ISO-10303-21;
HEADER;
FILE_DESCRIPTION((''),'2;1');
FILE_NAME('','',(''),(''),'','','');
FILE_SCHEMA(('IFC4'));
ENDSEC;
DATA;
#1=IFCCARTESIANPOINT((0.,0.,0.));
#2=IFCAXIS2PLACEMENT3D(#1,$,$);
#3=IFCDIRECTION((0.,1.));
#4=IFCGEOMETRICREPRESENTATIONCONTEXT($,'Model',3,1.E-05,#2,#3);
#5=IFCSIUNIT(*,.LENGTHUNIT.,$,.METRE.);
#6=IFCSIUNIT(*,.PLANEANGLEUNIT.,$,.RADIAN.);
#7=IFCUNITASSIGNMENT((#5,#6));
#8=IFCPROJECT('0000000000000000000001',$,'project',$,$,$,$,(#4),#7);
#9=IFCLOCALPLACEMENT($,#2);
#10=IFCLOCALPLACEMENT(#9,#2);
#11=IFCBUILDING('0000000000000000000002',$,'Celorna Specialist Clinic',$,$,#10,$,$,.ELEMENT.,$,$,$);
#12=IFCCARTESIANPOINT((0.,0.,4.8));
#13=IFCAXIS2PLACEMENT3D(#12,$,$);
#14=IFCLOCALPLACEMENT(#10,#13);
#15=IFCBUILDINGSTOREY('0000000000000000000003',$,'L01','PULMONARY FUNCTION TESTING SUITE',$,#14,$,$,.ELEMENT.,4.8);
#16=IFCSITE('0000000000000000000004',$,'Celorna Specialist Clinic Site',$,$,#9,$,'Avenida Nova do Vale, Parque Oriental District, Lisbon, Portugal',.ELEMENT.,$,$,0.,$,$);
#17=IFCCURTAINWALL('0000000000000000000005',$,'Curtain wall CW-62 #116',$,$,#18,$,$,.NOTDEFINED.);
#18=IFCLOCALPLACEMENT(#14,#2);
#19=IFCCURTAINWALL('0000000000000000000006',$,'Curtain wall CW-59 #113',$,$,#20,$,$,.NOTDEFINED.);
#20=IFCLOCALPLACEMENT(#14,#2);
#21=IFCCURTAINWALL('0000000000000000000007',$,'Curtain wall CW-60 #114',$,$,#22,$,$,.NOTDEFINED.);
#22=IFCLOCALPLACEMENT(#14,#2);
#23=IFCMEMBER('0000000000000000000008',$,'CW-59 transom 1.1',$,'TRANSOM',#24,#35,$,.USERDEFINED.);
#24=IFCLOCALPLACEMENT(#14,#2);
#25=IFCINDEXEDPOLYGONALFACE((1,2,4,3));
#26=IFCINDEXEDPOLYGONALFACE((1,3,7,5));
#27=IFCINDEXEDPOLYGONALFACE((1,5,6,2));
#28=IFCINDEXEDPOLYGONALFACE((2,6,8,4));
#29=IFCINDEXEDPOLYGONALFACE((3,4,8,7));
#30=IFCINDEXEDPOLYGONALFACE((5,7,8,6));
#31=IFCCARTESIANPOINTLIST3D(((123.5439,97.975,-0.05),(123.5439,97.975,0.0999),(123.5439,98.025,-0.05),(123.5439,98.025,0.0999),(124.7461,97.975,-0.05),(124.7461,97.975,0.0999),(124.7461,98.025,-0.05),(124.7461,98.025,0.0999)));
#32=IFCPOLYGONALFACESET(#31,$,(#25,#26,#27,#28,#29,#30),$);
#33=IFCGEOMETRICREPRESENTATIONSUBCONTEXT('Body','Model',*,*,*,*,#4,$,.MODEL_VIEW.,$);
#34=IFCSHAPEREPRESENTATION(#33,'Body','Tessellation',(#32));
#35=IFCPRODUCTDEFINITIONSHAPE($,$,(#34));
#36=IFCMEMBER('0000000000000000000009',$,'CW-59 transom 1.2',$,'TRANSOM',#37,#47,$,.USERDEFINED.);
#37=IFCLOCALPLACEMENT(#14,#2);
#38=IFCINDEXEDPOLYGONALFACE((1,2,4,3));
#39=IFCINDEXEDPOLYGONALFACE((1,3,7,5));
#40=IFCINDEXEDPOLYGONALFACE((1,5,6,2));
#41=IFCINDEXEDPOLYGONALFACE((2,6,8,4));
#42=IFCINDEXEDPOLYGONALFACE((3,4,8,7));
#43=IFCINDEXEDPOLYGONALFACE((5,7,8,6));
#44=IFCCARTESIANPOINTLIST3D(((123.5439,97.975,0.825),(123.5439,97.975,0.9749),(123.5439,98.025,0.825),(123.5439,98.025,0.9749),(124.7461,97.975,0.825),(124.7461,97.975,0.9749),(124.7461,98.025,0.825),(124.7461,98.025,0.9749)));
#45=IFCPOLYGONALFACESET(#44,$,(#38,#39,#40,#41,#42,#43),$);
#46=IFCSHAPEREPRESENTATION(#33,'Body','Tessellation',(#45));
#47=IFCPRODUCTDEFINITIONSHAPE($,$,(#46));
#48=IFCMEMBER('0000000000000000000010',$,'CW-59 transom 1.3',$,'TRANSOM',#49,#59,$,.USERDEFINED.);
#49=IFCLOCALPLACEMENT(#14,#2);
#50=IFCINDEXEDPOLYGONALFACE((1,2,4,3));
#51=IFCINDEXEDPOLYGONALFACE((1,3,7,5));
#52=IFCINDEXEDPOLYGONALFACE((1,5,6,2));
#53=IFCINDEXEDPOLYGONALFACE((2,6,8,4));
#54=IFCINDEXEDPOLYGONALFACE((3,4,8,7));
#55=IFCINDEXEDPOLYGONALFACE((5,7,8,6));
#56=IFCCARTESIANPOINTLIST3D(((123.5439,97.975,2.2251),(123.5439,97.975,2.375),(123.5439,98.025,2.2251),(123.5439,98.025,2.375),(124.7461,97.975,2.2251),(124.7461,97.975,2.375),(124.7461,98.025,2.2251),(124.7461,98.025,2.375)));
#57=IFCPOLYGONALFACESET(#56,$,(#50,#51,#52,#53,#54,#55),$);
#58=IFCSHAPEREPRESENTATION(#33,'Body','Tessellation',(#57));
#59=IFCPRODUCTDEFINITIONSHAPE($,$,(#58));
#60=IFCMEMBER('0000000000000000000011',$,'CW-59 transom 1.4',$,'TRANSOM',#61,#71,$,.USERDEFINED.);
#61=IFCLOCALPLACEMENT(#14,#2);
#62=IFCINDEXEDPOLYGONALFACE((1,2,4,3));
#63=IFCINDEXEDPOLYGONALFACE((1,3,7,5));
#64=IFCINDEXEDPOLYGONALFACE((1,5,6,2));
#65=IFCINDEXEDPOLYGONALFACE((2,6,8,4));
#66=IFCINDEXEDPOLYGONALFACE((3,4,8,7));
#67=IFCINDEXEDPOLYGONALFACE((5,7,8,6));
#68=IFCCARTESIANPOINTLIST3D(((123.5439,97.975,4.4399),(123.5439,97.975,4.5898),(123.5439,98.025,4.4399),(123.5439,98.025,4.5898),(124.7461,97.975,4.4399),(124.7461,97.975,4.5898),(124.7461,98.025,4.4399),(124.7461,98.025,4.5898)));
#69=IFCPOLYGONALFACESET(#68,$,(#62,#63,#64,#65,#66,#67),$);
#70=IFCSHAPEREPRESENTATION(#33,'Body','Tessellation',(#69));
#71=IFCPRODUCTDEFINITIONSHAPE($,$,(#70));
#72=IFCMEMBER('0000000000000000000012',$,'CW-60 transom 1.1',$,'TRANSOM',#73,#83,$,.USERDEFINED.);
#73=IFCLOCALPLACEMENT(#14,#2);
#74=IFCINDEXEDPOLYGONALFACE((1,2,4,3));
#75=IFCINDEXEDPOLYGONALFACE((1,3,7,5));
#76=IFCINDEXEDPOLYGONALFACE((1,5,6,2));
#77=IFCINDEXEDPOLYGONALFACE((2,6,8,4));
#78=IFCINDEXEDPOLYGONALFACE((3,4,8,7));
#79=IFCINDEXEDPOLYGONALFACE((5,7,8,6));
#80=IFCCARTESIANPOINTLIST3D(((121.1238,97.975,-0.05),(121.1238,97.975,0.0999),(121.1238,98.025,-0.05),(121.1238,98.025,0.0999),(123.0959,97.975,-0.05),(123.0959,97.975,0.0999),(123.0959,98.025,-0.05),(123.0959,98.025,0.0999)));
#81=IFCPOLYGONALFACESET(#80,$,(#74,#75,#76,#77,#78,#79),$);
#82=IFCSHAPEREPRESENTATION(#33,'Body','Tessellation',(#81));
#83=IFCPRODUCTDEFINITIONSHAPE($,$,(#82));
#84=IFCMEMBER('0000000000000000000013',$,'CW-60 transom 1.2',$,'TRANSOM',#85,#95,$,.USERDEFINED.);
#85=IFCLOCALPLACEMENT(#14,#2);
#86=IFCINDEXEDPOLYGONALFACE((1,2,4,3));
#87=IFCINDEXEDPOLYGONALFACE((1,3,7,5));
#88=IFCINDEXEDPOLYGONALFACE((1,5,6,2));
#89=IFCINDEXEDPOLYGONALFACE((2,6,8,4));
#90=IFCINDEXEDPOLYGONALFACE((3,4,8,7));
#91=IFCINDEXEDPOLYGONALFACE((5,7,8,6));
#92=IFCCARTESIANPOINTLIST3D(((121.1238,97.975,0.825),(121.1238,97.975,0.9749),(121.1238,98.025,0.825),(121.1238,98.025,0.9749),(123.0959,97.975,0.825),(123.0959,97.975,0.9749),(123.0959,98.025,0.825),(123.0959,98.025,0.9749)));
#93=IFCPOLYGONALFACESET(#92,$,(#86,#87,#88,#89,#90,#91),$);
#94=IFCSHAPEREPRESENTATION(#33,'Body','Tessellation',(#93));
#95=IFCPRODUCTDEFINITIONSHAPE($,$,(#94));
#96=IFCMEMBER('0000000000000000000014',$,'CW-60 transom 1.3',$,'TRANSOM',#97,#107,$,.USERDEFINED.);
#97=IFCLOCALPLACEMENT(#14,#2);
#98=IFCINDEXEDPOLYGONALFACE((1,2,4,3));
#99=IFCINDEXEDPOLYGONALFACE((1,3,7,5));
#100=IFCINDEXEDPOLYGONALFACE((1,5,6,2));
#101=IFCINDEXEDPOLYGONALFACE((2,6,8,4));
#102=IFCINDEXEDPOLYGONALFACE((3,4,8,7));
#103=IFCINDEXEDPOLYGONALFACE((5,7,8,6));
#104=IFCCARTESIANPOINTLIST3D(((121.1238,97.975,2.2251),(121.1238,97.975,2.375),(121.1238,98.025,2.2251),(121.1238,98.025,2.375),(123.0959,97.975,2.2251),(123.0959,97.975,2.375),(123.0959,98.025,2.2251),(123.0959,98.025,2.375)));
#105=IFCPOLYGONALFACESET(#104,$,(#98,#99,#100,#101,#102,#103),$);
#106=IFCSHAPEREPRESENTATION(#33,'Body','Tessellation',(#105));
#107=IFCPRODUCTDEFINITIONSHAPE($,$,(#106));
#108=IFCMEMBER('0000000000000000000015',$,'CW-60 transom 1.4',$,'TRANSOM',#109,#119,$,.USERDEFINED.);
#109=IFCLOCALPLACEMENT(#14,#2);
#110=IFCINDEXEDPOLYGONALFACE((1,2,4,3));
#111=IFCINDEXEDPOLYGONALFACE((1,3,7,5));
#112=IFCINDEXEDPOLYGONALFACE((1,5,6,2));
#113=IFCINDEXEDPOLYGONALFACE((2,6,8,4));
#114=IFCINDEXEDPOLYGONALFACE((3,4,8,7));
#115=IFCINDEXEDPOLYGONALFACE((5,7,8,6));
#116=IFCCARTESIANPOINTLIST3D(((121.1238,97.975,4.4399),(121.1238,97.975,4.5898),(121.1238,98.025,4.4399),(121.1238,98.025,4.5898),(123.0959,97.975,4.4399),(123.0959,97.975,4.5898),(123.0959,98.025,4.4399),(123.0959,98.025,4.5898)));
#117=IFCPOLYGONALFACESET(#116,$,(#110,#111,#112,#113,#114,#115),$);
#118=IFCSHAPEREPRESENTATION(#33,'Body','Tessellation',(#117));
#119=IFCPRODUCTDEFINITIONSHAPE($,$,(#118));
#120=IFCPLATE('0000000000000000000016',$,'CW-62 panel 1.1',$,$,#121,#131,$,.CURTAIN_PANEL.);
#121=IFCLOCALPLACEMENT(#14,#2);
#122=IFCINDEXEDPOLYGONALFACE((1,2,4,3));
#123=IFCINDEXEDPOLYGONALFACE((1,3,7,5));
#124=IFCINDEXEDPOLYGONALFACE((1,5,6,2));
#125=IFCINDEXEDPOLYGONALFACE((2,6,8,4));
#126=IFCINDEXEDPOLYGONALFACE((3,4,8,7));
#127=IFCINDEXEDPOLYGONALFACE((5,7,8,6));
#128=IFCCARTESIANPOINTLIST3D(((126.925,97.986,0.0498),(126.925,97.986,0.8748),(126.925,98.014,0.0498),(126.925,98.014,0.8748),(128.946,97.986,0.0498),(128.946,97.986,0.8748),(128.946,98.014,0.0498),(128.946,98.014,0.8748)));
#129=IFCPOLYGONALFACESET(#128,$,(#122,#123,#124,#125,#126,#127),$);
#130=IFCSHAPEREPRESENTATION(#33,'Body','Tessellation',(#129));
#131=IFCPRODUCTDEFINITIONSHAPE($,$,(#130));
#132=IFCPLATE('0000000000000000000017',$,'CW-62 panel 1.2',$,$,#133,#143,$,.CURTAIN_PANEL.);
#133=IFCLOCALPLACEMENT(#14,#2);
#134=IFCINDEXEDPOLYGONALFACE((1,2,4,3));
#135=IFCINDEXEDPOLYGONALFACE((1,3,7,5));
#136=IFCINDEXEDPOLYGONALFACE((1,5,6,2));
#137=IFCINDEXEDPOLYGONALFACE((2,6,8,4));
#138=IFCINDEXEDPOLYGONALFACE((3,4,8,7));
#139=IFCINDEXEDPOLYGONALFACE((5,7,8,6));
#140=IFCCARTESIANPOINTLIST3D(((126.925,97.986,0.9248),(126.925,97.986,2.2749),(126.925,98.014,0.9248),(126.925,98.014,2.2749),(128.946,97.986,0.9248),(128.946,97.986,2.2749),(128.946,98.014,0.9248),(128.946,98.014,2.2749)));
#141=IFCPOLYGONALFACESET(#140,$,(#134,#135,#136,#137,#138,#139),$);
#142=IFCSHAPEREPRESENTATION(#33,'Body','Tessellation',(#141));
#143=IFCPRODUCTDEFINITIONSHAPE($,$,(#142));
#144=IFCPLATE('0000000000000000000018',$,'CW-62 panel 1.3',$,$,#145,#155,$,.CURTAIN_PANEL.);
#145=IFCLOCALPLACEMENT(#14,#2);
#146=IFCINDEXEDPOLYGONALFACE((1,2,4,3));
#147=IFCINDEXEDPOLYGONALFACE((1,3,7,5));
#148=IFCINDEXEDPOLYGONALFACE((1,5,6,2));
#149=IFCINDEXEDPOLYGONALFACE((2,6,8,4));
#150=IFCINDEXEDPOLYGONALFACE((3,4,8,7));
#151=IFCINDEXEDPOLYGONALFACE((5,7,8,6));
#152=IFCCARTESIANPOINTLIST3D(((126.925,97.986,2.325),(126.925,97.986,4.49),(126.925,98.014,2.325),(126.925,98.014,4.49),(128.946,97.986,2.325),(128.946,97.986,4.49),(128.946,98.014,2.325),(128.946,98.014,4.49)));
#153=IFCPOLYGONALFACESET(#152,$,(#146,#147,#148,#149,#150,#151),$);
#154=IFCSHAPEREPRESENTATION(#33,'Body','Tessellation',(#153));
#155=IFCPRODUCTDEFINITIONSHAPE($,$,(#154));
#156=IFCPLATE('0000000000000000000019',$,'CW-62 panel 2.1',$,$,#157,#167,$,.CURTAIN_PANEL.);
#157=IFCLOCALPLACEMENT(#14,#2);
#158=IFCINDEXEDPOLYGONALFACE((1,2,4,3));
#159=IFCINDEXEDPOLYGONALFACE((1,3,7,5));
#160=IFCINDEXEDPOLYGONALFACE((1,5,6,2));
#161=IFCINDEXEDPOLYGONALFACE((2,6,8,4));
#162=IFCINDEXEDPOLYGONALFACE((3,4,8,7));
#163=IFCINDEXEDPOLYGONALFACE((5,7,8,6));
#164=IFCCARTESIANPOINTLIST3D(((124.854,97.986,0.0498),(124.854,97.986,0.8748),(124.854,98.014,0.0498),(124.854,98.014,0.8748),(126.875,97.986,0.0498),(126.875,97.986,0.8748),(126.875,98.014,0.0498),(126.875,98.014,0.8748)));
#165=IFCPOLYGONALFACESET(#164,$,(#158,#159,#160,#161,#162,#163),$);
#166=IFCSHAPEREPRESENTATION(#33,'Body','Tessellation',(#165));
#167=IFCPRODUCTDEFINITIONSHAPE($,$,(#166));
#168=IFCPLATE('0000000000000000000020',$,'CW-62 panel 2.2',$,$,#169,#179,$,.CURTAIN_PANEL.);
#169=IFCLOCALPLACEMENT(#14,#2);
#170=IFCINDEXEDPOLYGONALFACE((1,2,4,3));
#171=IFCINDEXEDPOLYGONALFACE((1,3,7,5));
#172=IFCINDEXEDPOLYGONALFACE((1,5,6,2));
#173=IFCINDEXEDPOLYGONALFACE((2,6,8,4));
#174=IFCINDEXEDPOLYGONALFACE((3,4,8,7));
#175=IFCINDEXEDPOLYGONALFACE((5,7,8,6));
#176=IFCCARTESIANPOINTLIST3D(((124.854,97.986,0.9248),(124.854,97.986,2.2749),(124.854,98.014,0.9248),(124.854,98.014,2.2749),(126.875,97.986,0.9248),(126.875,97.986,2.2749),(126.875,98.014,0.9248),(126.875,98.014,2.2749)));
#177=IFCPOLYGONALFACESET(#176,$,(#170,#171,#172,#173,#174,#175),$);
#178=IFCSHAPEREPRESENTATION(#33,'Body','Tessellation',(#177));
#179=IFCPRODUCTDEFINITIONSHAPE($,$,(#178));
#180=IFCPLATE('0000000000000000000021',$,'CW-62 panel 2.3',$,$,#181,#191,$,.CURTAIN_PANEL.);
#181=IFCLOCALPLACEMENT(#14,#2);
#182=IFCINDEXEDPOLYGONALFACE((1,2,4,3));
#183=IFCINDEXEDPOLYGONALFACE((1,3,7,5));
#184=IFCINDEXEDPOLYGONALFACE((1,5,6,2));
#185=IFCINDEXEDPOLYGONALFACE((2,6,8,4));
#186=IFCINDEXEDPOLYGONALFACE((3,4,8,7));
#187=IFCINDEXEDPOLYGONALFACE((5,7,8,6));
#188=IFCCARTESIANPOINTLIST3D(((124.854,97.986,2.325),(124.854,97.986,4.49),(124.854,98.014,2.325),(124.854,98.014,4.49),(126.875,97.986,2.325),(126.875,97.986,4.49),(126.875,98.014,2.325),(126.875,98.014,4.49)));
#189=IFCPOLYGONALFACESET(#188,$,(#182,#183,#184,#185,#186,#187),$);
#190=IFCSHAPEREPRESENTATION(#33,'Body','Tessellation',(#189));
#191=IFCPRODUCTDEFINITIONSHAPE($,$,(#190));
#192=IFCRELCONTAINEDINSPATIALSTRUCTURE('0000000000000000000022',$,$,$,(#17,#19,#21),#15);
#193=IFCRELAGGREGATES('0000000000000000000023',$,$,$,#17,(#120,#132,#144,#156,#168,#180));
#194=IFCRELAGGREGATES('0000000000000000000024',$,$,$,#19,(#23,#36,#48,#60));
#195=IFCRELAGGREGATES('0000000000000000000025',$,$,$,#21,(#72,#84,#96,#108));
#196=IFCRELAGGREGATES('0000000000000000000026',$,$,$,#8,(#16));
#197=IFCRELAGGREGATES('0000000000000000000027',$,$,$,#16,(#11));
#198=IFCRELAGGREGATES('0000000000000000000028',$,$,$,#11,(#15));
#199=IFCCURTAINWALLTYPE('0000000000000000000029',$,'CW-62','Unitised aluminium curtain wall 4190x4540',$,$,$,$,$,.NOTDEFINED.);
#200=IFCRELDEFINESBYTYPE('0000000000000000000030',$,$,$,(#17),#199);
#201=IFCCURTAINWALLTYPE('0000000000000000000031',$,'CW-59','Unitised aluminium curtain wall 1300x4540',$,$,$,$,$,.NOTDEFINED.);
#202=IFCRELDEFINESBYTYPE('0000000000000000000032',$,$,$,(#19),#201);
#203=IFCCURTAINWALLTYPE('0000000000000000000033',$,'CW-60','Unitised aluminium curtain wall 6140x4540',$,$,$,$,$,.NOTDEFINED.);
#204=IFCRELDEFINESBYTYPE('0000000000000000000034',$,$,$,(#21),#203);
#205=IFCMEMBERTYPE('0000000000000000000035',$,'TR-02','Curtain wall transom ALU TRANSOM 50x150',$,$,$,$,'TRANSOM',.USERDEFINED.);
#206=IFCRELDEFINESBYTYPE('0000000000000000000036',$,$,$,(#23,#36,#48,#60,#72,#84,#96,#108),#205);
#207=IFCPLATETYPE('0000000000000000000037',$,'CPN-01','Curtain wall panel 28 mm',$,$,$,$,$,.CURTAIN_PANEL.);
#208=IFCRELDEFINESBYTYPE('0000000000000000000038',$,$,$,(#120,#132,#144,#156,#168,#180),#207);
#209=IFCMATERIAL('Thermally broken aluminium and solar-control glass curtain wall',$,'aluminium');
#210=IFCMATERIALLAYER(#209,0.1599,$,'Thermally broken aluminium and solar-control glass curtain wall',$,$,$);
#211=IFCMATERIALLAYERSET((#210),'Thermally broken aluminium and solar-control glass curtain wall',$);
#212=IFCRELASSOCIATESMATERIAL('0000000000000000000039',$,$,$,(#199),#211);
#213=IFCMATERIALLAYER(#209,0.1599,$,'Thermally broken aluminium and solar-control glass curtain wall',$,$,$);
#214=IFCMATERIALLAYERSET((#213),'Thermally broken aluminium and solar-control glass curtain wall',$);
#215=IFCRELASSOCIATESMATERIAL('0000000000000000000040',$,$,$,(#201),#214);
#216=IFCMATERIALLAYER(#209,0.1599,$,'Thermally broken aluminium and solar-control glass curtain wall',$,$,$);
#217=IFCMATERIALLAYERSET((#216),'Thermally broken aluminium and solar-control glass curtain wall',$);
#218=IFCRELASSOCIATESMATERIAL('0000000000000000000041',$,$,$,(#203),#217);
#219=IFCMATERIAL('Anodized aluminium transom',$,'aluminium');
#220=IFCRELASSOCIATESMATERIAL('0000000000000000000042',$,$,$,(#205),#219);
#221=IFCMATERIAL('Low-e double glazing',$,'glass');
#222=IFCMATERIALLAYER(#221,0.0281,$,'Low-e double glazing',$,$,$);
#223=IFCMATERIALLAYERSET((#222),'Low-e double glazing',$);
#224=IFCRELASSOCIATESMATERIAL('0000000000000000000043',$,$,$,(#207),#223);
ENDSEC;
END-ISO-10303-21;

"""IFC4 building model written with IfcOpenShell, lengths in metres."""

from ifc_helpers import new_model, si_unit, direction, frame, origin, origin_2d, place, context, subcontext, project, spatial, rectangle, extrude, material, layer, layer_set, material_profile, profile_set, type_object, element, aggregate, save


model = new_model("IFC4")

# Units and contexts
model_context = context("Model", 3, precision=1e-05, world=origin(), true_north=direction((0.0, 1.0)))
body_context = subcontext(model_context, "Body", "Model", "MODEL_VIEW")
ifc_project = project(units=[si_unit("LENGTHUNIT", "METRE"), si_unit("PLANEANGLEUNIT", "RADIAN")], contexts=[model_context])

# Site, building, storey
site_placement = place(None, origin())
site = spatial("IfcSite", under=ifc_project, at=site_placement, Name="Celorna Specialist Clinic Site", LongName="Avenida Nova do Vale, Parque Oriental District, Lisbon, Portugal", CompositionType="ELEMENT", RefElevation=0.0)
building_placement = place(site_placement, origin())
building = spatial("IfcBuilding", under=site, at=building_placement, Name="Celorna Specialist Clinic", CompositionType="ELEMENT")
storey_placement = place(building_placement, frame((0.0, 0.0, 4.8)))
storey = spatial("IfcBuildingStorey", under=building, at=storey_placement, Name="L01", Description="PULMONARY FUNCTION TESTING SUITE", CompositionType="ELEMENT", Elevation=4.8)

# Curtain walls
ifc_material_1 = material(Name="Thermally broken aluminium and solar-control glass curtain wall", Category="aluminium")
ifc_layer_1 = layer(ifc_material_1, 0.1599, Name="Thermally broken aluminium and solar-control glass curtain wall")
ifc_layer_set_1 = layer_set([ifc_layer_1], Name="Thermally broken aluminium and solar-control glass curtain wall")
curtain_wall_type_1 = type_object("IfcCurtainWallType", Name="CW-62", Description="Unitised aluminium curtain wall 4190x4540", PredefinedType="NOTDEFINED", material=ifc_layer_set_1)
curtain_wall_1_placement = place(storey_placement, origin())
curtain_wall_1 = element("IfcCurtainWall", 1, at=curtain_wall_1_placement, inside=storey, type_object=curtain_wall_type_1, Name="Curtain wall CW-62 #116", PredefinedType="NOTDEFINED")
ifc_layer_2 = layer(ifc_material_1, 0.1599, Name="Thermally broken aluminium and solar-control glass curtain wall")
ifc_layer_set_2 = layer_set([ifc_layer_2], Name="Thermally broken aluminium and solar-control glass curtain wall")
curtain_wall_type_2 = type_object("IfcCurtainWallType", Name="CW-59", Description="Unitised aluminium curtain wall 1300x4540", PredefinedType="NOTDEFINED", material=ifc_layer_set_2)
curtain_wall_2_placement = place(storey_placement, origin())
curtain_wall_2 = element("IfcCurtainWall", 2, at=curtain_wall_2_placement, inside=storey, type_object=curtain_wall_type_2, Name="Curtain wall CW-59 #113", PredefinedType="NOTDEFINED")

# Curtain wall
ifc_layer_3 = layer(ifc_material_1, 0.1599, Name="Thermally broken aluminium and solar-control glass curtain wall")
ifc_layer_set_3 = layer_set([ifc_layer_3], Name="Thermally broken aluminium and solar-control glass curtain wall")
curtain_wall_type_3 = type_object("IfcCurtainWallType", Name="CW-60", Description="Unitised aluminium curtain wall 6140x4540", PredefinedType="NOTDEFINED", material=ifc_layer_set_3)
curtain_wall_3_placement = place(storey_placement, origin())
curtain_wall_3 = element("IfcCurtainWall", 3, at=curtain_wall_3_placement, inside=storey, type_object=curtain_wall_type_3, Name="Curtain wall CW-60 #114", PredefinedType="NOTDEFINED")

# Members
ifc_material_2 = material(Name="Anodized aluminium transom", Category="aluminium")
ifc_material_profile_1 = material_profile(ifc_material_2, rectangle(XDim=0.05, YDim=0.1499, at=origin_2d()), Name="ALU TRANSOM 50x150")
ifc_profile_set_1 = profile_set([ifc_material_profile_1], Name="Anodized aluminium transom")
member_type_1 = type_object("IfcMemberType", Name="TR-02", Description="Curtain wall transom ALU TRANSOM 50x150", ElementType="TRANSOM", PredefinedType="USERDEFINED", material=ifc_profile_set_1)
member_1_placement = place(storey_placement, frame((124.7461, 98.0, 0.0249), z_axis=(-1.0, 0.0, 0.0), x_axis=(0.0, -1.0, 0.0)))
member_1 = element("IfcMember", 4, at=member_1_placement, type_object=member_type_1, Name="CW-59 transom 1.1", ObjectType="TRANSOM", PredefinedType="USERDEFINED", context=body_context, shape_type="SweptSolid", body=[
    extrude(rectangle(XDim=0.05, YDim=0.1499, at=origin_2d()), origin(), (0.0, 0.0, 1.0), 1.2021),
])
member_2_placement = place(storey_placement, frame((124.7461, 98.0, 0.8999), z_axis=(-1.0, 0.0, 0.0), x_axis=(0.0, -1.0, 0.0)))
member_2 = element("IfcMember", 5, at=member_2_placement, type_object=member_type_1, Name="CW-59 transom 1.2", ObjectType="TRANSOM", PredefinedType="USERDEFINED", context=body_context, shape_type="SweptSolid", body=[
    extrude(rectangle(XDim=0.05, YDim=0.1499, at=origin_2d()), origin(), (0.0, 0.0, 1.0), 1.2021),
])
member_3_placement = place(storey_placement, frame((124.7461, 98.0, 2.3), z_axis=(-1.0, 0.0, 0.0), x_axis=(0.0, -1.0, 0.0)))
member_3 = element("IfcMember", 6, at=member_3_placement, type_object=member_type_1, Name="CW-59 transom 1.3", ObjectType="TRANSOM", PredefinedType="USERDEFINED", context=body_context, shape_type="SweptSolid", body=[
    extrude(rectangle(XDim=0.05, YDim=0.1499, at=origin_2d()), origin(), (0.0, 0.0, 1.0), 1.2021),
])
member_4_placement = place(storey_placement, frame((124.7461, 98.0, 4.5149), z_axis=(-1.0, 0.0, 0.0), x_axis=(0.0, -1.0, 0.0)))
member_4 = element("IfcMember", 7, at=member_4_placement, type_object=member_type_1, Name="CW-59 transom 1.4", ObjectType="TRANSOM", PredefinedType="USERDEFINED", context=body_context, shape_type="SweptSolid", body=[
    extrude(rectangle(XDim=0.05, YDim=0.1499, at=origin_2d()), origin(), (0.0, 0.0, 1.0), 1.2021),
])
member_5_placement = place(storey_placement, frame((123.0959, 98.0, 0.0249), z_axis=(-1.0, 0.0, 0.0), x_axis=(0.0, -1.0, 0.0)))
member_5 = element("IfcMember", 8, at=member_5_placement, type_object=member_type_1, Name="CW-60 transom 1.1", ObjectType="TRANSOM", PredefinedType="USERDEFINED", context=body_context, shape_type="SweptSolid", body=[
    extrude(rectangle(XDim=0.05, YDim=0.1499, at=origin_2d()), origin(), (0.0, 0.0, 1.0), 1.9722),
])
member_6_placement = place(storey_placement, frame((123.0959, 98.0, 0.8999), z_axis=(-1.0, 0.0, 0.0), x_axis=(0.0, -1.0, 0.0)))
member_6 = element("IfcMember", 9, at=member_6_placement, type_object=member_type_1, Name="CW-60 transom 1.2", ObjectType="TRANSOM", PredefinedType="USERDEFINED", context=body_context, shape_type="SweptSolid", body=[
    extrude(rectangle(XDim=0.05, YDim=0.1499, at=origin_2d()), origin(), (0.0, 0.0, 1.0), 1.9722),
])
member_7_placement = place(storey_placement, frame((123.0959, 98.0, 2.3), z_axis=(-1.0, 0.0, 0.0), x_axis=(0.0, -1.0, 0.0)))
member_7 = element("IfcMember", 10, at=member_7_placement, type_object=member_type_1, Name="CW-60 transom 1.3", ObjectType="TRANSOM", PredefinedType="USERDEFINED", context=body_context, shape_type="SweptSolid", body=[
    extrude(rectangle(XDim=0.05, YDim=0.1499, at=origin_2d()), origin(), (0.0, 0.0, 1.0), 1.9722),
])
member_8_placement = place(storey_placement, frame((123.0959, 98.0, 4.5149), z_axis=(-1.0, 0.0, 0.0), x_axis=(0.0, -1.0, 0.0)))
member_8 = element("IfcMember", 11, at=member_8_placement, type_object=member_type_1, Name="CW-60 transom 1.4", ObjectType="TRANSOM", PredefinedType="USERDEFINED", context=body_context, shape_type="SweptSolid", body=[
    extrude(rectangle(XDim=0.05, YDim=0.1499, at=origin_2d()), origin(), (0.0, 0.0, 1.0), 1.9722),
])

# Plates
ifc_material_3 = material(Name="Low-e double glazing", Category="glass")
ifc_layer_4 = layer(ifc_material_3, 0.0281, Name="Low-e double glazing")
ifc_layer_set_4 = layer_set([ifc_layer_4], Name="Low-e double glazing")
plate_type_1 = type_object("IfcPlateType", Name="CPN-01", Description="Curtain wall panel 28 mm", PredefinedType="CURTAIN_PANEL", material=ifc_layer_set_4)
plate_1_placement = place(storey_placement, frame((127.9355, 98.0, 0.0498), z_axis=(0.0, 0.0, 1.0), x_axis=(-1.0, 0.0, 0.0)))
plate_1 = element("IfcPlate", 12, at=plate_1_placement, type_object=plate_type_1, Name="CW-62 panel 1.1", PredefinedType="CURTAIN_PANEL", context=body_context, shape_type="SweptSolid", body=[
    extrude(rectangle(XDim=2.021, YDim=0.0281, at=origin_2d()), origin(), (0.0, 0.0, 1.0), 0.825),
])
plate_2_placement = place(storey_placement, frame((127.9355, 98.0, 0.9248), z_axis=(0.0, 0.0, 1.0), x_axis=(-1.0, 0.0, 0.0)))
plate_2 = element("IfcPlate", 13, at=plate_2_placement, type_object=plate_type_1, Name="CW-62 panel 1.2", PredefinedType="CURTAIN_PANEL", context=body_context, shape_type="SweptSolid", body=[
    extrude(rectangle(XDim=2.021, YDim=0.0281, at=origin_2d()), origin(), (0.0, 0.0, 1.0), 1.3501),
])
plate_3_placement = place(storey_placement, frame((127.9355, 98.0, 2.325), z_axis=(0.0, 0.0, 1.0), x_axis=(-1.0, 0.0, 0.0)))
plate_3 = element("IfcPlate", 14, at=plate_3_placement, type_object=plate_type_1, Name="CW-62 panel 1.3", PredefinedType="CURTAIN_PANEL", context=body_context, shape_type="SweptSolid", body=[
    extrude(rectangle(XDim=2.021, YDim=0.0281, at=origin_2d()), origin(), (0.0, 0.0, 1.0), 2.165),
])
plate_4_placement = place(storey_placement, frame((125.8645, 98.0, 0.0498), z_axis=(0.0, 0.0, 1.0), x_axis=(-1.0, 0.0, 0.0)))
plate_4 = element("IfcPlate", 15, at=plate_4_placement, type_object=plate_type_1, Name="CW-62 panel 2.1", PredefinedType="CURTAIN_PANEL", context=body_context, shape_type="SweptSolid", body=[
    extrude(rectangle(XDim=2.021, YDim=0.0281, at=origin_2d()), origin(), (0.0, 0.0, 1.0), 0.825),
])
plate_5_placement = place(storey_placement, frame((125.8645, 98.0, 0.9248), z_axis=(0.0, 0.0, 1.0), x_axis=(-1.0, 0.0, 0.0)))
plate_5 = element("IfcPlate", 16, at=plate_5_placement, type_object=plate_type_1, Name="CW-62 panel 2.2", PredefinedType="CURTAIN_PANEL", context=body_context, shape_type="SweptSolid", body=[
    extrude(rectangle(XDim=2.021, YDim=0.0281, at=origin_2d()), origin(), (0.0, 0.0, 1.0), 1.3501),
])
plate_6_placement = place(storey_placement, frame((125.8645, 98.0, 2.325), z_axis=(0.0, 0.0, 1.0), x_axis=(-1.0, 0.0, 0.0)))
plate_6 = element("IfcPlate", 17, at=plate_6_placement, type_object=plate_type_1, Name="CW-62 panel 2.3", PredefinedType="CURTAIN_PANEL", context=body_context, shape_type="SweptSolid", body=[
    extrude(rectangle(XDim=2.021, YDim=0.0281, at=origin_2d()), origin(), (0.0, 0.0, 1.0), 2.165),
])
aggregate(curtain_wall_1, [plate_1, plate_2, plate_3, plate_4, plate_5, plate_6])
aggregate(curtain_wall_2, [member_1, member_2, member_3, member_4])
aggregate(curtain_wall_3, [member_5, member_6, member_7, member_8])

save(model, "model.ifc")
